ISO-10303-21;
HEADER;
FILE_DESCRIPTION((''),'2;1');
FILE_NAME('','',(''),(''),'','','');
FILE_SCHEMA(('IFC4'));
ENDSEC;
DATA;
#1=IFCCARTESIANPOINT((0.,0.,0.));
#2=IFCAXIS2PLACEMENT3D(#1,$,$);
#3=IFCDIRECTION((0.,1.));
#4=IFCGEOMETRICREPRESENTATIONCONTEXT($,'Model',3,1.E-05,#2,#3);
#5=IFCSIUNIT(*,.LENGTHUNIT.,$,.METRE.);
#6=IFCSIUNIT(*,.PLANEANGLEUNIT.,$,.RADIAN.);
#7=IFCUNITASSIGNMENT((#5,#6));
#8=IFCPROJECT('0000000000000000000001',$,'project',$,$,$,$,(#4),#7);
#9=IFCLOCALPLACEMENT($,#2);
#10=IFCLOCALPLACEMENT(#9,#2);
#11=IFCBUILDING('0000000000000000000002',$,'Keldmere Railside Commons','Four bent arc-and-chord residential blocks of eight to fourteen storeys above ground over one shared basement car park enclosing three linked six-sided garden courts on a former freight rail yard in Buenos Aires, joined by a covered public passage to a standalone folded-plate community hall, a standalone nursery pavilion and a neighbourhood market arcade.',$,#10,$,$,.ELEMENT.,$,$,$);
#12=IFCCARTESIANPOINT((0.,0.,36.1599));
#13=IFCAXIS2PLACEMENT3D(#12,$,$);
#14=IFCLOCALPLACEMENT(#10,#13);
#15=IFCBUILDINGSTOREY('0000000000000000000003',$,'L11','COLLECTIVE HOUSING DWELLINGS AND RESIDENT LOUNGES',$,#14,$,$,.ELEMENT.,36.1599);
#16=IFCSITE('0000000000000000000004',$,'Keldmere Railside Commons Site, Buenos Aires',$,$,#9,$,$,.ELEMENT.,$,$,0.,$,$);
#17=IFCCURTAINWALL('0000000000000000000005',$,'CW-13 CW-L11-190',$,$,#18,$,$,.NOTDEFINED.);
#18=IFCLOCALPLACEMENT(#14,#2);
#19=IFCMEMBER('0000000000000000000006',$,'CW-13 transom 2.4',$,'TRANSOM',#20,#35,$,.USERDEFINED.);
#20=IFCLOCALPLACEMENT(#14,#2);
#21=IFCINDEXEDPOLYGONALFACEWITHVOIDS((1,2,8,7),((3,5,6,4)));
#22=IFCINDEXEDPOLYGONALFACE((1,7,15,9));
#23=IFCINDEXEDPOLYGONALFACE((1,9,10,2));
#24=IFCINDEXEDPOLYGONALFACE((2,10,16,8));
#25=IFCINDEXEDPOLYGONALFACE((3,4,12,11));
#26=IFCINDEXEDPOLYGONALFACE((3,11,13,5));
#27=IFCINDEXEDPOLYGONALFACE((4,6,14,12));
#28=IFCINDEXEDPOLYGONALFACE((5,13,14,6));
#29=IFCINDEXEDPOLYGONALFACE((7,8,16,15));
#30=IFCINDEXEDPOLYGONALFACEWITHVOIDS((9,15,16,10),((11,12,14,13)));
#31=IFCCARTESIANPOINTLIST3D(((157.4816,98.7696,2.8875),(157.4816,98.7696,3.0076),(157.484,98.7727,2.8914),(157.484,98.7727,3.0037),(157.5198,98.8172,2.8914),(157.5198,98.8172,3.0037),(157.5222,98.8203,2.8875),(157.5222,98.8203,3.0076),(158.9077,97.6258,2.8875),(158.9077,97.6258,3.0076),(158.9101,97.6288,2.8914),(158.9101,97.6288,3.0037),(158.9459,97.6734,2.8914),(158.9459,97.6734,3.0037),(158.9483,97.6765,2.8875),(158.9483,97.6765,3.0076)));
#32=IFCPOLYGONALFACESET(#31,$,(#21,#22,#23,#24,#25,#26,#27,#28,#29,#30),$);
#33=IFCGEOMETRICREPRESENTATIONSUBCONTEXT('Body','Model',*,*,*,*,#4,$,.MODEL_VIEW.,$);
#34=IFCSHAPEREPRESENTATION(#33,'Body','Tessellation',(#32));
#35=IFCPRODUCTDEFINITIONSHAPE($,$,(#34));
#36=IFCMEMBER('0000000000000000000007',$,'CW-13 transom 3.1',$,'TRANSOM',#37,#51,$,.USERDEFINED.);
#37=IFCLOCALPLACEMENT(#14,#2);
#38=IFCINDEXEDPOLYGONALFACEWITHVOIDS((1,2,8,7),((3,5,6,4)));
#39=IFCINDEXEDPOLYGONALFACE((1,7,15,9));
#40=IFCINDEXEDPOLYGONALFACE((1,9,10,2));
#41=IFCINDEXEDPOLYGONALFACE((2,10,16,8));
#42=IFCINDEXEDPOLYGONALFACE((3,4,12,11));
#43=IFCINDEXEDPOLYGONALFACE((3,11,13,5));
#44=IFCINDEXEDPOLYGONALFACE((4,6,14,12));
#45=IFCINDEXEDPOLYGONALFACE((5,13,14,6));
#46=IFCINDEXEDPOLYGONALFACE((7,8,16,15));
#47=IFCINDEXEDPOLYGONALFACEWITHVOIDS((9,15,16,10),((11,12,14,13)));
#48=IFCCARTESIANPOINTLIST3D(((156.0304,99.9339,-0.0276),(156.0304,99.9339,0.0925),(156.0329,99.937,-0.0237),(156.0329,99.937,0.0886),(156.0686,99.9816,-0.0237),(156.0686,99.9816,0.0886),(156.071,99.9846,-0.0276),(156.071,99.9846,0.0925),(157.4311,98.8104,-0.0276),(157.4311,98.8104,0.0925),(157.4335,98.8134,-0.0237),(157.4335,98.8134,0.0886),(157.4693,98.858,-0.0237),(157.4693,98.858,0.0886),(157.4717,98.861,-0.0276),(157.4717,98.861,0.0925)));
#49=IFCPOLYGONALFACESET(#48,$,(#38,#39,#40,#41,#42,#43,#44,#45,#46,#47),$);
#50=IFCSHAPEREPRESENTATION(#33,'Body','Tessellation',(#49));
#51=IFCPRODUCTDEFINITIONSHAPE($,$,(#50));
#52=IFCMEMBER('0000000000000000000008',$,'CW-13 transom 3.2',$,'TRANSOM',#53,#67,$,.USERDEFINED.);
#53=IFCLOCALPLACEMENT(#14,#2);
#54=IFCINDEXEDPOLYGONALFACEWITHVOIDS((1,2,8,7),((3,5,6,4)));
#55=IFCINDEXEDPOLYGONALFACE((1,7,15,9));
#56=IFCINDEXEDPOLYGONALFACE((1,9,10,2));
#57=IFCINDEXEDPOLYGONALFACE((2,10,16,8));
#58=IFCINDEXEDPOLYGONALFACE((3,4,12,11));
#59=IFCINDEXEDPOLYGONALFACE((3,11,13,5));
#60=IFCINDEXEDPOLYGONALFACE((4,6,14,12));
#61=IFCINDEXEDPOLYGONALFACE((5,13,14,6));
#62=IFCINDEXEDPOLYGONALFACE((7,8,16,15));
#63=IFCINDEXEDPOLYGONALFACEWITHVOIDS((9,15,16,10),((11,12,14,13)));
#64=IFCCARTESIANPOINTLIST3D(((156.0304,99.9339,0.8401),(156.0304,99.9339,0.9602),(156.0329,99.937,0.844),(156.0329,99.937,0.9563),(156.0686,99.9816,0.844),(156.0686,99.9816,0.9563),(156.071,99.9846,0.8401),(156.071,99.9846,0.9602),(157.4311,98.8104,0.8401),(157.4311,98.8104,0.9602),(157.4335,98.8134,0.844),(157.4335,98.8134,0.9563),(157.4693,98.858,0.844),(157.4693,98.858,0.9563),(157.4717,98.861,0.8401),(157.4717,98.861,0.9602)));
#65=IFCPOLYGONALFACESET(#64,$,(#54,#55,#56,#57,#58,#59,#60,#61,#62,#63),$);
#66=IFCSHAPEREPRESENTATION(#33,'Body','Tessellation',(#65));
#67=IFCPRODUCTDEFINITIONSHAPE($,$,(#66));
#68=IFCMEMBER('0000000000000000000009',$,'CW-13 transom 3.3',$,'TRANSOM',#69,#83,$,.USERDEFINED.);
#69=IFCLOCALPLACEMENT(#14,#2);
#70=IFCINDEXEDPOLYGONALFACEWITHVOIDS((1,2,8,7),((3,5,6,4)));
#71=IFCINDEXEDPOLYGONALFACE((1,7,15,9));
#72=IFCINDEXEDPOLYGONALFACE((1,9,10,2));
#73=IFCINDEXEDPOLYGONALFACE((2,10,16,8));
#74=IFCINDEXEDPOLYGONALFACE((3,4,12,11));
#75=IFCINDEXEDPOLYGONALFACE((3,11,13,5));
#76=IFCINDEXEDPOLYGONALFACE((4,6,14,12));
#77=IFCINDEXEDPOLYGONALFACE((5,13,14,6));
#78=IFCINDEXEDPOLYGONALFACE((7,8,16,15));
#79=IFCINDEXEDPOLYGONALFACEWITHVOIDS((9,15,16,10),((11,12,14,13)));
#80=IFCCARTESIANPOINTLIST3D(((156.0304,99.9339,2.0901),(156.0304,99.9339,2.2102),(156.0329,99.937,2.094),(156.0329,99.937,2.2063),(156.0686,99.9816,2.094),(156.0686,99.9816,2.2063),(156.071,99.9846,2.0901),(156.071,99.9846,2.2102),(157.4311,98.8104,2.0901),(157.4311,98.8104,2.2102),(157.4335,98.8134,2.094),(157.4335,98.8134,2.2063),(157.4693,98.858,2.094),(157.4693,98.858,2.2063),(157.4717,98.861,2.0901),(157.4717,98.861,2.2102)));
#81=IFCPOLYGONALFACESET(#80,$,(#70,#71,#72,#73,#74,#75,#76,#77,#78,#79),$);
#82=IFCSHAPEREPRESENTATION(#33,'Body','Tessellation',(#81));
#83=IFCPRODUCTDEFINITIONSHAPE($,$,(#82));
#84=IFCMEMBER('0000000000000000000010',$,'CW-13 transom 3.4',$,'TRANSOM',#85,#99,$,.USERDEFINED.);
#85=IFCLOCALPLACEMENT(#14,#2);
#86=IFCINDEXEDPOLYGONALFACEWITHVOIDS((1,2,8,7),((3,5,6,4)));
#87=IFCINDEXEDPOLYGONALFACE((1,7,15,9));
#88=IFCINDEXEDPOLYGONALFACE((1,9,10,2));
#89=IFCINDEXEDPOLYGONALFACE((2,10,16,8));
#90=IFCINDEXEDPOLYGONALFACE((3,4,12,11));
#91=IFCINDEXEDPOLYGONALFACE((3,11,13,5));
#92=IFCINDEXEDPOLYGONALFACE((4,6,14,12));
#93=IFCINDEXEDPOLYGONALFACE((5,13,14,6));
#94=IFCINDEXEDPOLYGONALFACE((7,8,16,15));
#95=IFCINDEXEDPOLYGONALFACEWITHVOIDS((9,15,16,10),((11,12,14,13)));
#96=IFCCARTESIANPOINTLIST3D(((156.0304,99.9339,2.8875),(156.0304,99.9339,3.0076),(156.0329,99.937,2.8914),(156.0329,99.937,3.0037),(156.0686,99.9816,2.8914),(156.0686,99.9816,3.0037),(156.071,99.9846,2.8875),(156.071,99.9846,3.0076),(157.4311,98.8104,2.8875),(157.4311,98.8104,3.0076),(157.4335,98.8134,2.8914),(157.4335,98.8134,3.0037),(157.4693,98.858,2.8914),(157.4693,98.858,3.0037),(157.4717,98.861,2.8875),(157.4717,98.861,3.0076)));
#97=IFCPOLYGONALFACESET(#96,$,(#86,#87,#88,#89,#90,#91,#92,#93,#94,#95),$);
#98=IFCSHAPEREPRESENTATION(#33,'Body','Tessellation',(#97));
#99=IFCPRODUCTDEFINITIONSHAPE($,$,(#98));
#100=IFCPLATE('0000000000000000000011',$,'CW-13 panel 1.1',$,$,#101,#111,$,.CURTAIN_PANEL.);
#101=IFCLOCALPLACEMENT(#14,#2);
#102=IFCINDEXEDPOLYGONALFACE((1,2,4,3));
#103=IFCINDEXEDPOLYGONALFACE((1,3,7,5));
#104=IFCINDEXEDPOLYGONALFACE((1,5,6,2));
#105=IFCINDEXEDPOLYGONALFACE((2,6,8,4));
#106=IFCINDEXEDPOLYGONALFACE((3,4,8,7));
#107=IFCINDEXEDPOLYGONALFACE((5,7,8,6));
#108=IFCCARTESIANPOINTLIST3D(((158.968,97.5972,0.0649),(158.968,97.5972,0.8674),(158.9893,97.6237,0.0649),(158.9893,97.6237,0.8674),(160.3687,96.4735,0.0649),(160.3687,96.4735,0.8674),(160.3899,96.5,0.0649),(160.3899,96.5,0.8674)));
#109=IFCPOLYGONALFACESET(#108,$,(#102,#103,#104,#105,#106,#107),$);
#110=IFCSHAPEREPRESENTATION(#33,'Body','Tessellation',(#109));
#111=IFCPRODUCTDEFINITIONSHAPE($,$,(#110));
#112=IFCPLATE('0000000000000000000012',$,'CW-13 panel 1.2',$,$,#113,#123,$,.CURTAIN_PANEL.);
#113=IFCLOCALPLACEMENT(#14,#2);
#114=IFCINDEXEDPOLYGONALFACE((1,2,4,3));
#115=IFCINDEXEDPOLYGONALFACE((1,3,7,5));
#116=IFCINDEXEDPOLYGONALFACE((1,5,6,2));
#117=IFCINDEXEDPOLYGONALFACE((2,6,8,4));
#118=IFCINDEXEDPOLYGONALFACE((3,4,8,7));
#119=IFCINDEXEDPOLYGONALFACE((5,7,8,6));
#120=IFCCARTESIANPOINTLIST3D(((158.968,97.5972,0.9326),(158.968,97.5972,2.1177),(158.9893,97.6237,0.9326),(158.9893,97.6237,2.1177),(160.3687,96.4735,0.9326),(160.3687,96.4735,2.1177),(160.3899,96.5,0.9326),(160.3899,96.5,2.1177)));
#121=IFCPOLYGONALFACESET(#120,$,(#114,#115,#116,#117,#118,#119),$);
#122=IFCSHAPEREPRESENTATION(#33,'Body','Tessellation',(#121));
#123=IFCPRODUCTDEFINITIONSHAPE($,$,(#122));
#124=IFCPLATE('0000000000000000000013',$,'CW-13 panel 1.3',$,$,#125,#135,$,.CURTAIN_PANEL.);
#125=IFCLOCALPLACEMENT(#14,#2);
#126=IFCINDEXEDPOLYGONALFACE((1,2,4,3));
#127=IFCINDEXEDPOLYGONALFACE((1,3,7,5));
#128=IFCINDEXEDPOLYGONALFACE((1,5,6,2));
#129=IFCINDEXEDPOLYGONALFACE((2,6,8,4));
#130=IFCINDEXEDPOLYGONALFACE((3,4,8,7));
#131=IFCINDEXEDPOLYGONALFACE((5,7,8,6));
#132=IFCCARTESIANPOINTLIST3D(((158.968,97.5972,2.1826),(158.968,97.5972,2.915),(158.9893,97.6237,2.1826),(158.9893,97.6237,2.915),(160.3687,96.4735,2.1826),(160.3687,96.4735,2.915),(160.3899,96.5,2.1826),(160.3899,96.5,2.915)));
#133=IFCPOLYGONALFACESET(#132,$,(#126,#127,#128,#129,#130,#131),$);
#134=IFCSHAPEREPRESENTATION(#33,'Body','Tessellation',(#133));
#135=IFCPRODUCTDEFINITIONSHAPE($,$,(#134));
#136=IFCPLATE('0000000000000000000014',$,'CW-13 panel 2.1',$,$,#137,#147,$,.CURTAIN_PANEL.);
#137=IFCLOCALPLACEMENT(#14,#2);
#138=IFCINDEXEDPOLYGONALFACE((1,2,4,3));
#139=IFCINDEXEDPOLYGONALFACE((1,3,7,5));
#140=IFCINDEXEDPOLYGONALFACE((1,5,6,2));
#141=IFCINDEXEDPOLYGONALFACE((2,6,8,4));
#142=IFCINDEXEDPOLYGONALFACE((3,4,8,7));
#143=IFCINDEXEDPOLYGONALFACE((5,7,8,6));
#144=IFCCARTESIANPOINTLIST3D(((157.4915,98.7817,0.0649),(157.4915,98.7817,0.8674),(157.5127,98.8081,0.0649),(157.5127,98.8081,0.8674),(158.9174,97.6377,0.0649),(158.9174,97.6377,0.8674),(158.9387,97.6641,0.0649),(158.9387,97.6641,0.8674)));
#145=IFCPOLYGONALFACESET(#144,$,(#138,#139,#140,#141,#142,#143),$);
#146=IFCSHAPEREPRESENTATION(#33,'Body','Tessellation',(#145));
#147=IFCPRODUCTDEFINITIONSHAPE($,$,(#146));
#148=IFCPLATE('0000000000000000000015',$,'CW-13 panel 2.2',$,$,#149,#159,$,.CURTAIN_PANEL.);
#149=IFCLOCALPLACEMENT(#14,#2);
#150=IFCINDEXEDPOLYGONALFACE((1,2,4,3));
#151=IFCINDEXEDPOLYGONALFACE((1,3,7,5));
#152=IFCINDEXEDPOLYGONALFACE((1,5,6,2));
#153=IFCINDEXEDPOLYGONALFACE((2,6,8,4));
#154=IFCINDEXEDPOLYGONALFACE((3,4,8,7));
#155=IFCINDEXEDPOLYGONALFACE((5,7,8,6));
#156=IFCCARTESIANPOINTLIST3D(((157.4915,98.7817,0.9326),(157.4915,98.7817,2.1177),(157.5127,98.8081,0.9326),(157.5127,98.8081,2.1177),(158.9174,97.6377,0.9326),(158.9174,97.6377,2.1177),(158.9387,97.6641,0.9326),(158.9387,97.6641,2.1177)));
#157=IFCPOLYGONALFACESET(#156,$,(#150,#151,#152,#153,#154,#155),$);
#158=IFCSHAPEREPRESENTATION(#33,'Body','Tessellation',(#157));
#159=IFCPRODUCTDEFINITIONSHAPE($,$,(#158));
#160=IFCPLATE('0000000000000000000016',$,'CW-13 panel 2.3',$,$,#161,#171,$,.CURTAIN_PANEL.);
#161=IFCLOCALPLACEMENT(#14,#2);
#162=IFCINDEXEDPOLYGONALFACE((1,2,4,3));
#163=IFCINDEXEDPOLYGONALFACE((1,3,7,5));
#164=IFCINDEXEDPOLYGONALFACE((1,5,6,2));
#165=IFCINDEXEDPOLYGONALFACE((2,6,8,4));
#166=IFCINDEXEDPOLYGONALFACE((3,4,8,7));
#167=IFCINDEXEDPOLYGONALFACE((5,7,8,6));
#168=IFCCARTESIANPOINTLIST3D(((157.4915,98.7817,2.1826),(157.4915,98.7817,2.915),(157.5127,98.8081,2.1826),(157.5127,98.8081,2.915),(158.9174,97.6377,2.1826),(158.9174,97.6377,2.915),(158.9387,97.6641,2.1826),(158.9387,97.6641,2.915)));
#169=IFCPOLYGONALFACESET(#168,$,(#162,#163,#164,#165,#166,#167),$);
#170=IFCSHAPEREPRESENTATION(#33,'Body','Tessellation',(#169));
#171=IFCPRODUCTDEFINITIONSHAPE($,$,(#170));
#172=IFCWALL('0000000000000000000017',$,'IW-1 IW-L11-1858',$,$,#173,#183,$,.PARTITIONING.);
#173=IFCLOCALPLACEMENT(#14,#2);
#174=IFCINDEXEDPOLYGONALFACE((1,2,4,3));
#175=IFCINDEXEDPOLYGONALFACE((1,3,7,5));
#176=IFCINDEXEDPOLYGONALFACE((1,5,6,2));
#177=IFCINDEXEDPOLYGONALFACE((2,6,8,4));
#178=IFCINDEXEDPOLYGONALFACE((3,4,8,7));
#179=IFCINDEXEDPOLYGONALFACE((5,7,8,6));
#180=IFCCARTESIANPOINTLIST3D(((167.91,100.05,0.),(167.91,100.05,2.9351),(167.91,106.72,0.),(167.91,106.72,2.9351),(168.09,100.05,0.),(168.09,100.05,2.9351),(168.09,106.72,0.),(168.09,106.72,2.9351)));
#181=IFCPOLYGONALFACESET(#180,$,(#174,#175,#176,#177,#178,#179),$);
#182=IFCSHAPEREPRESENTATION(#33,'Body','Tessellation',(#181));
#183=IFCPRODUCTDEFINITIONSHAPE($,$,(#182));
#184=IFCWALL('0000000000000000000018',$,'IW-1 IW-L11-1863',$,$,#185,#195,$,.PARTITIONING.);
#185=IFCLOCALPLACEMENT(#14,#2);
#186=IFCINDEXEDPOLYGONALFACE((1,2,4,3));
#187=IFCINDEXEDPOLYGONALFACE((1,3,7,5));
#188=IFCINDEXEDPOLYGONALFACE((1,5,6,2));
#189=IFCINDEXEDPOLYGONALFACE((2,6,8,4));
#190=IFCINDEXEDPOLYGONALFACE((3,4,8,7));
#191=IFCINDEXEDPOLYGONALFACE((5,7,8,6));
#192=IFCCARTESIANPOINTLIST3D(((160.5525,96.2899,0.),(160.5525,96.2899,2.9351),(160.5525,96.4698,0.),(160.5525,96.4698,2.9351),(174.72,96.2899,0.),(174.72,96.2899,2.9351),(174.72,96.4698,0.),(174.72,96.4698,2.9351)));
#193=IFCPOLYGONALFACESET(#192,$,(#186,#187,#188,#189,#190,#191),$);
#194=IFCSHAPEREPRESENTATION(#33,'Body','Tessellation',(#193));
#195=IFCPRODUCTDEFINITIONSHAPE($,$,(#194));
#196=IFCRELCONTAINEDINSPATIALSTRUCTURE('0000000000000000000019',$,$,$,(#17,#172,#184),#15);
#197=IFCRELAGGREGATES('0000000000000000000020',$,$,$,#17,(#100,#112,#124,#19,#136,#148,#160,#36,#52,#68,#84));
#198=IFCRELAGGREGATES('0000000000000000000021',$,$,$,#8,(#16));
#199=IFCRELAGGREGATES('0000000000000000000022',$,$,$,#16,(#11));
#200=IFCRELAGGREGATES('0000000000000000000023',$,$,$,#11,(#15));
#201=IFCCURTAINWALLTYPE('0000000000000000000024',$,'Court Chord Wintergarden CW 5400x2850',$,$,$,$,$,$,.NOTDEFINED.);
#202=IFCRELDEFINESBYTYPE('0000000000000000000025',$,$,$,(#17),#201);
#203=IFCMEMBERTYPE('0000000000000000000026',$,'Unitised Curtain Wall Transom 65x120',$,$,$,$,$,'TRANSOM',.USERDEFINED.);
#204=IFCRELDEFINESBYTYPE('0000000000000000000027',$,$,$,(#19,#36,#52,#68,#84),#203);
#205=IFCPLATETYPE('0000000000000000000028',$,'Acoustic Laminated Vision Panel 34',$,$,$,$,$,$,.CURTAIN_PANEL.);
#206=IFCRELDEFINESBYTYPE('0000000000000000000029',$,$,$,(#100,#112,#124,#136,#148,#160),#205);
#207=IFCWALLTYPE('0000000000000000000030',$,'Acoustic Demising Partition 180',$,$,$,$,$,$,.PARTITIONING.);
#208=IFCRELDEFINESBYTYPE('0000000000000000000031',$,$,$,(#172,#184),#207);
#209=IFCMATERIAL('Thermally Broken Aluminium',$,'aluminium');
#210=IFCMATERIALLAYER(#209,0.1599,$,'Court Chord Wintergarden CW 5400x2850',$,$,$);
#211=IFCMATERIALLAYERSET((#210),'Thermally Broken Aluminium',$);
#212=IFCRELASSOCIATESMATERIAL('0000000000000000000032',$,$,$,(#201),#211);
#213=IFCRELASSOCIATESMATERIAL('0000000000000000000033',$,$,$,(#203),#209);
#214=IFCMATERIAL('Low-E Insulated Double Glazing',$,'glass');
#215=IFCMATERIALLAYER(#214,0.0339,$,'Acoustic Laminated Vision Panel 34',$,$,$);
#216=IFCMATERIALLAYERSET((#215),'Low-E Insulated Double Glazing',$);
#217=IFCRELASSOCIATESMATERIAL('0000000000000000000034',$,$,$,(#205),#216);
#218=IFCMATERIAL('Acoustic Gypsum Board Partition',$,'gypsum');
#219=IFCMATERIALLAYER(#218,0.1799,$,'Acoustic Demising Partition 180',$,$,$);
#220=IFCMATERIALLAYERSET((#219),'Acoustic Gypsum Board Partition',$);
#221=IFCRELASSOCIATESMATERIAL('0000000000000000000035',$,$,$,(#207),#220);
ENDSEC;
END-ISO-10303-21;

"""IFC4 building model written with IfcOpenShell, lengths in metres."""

from ifc_helpers import new_model, si_unit, direction, frame, frame_2d, origin, origin_2d, place, context, subcontext, project, spatial, rectangle, hollow_rectangle, extrude, material, layer, layer_set, material_profile, profile_set, type_object, element, aggregate, save


model = new_model("IFC4")

# Units and contexts
model_context = context("Model", 3, precision=1e-05, world=origin(), true_north=direction((0.0, 1.0)))
body_context = subcontext(model_context, "Body", "Model", "MODEL_VIEW")
ifc_project = project(units=[si_unit("LENGTHUNIT", "METRE"), si_unit("PLANEANGLEUNIT", "RADIAN")], contexts=[model_context])

# Site, building, storey
site_placement = place(None, origin())
site = spatial("IfcSite", under=ifc_project, at=site_placement, Name="Keldmere Railside Commons Site, Buenos Aires", CompositionType="ELEMENT", RefElevation=0.0)
building_placement = place(site_placement, origin())
building = spatial("IfcBuilding", under=site, at=building_placement, Name="Keldmere Railside Commons", Description="Four bent arc-and-chord residential blocks of eight to fourteen storeys above ground over one shared basement car park enclosing three linked six-sided garden courts on a former freight rail yard in Buenos Aires, joined by a covered public passage to a standalone folded-plate community hall, a standalone nursery pavilion and a neighbourhood market arcade.", CompositionType="ELEMENT")
storey_placement = place(building_placement, frame((0.0, 0.0, 36.1599)))
storey = spatial("IfcBuildingStorey", under=building, at=storey_placement, Name="L11", Description="COLLECTIVE HOUSING DWELLINGS AND RESIDENT LOUNGES", CompositionType="ELEMENT", Elevation=36.1599)

# Curtain wall
ifc_material_1 = material(Name="Thermally Broken Aluminium", Category="aluminium")
ifc_layer_1 = layer(ifc_material_1, 0.1599, Name="Court Chord Wintergarden CW 5400x2850")
ifc_layer_set_1 = layer_set([ifc_layer_1], Name="Thermally Broken Aluminium")
curtain_wall_type_1 = type_object("IfcCurtainWallType", Name="Court Chord Wintergarden CW 5400x2850", PredefinedType="NOTDEFINED", material=ifc_layer_set_1)
curtain_wall_1_placement = place(storey_placement, origin())
curtain_wall_1 = element("IfcCurtainWall", 1, at=curtain_wall_1_placement, inside=storey, type_object=curtain_wall_type_1, Name="CW-13 CW-L11-190", PredefinedType="NOTDEFINED")

# Members
ifc_material_profile_1 = material_profile(ifc_material_1, hollow_rectangle(XDim=0.0649, YDim=0.1201, WallThickness=0.0039, at=origin_2d()), Name="ALU-TRAN-65x120")
ifc_profile_set_1 = profile_set([ifc_material_profile_1], Name="Thermally Broken Aluminium")
member_type_1 = type_object("IfcMemberType", Name="Unitised Curtain Wall Transom 65x120", ElementType="TRANSOM", PredefinedType="USERDEFINED", material=ifc_profile_set_1)
member_1_placement = place(storey_placement, frame((158.928, 97.6511, 2.9475), z_axis=(-0.780073, 0.625688, 0.0), x_axis=(-0.625688, -0.780073, 0.0)))
member_1 = element("IfcMember", 2, at=member_1_placement, type_object=member_type_1, Name="CW-13 transom 2.4", ObjectType="TRANSOM", PredefinedType="USERDEFINED", context=body_context, shape_type="SweptSolid", body=[
    extrude(hollow_rectangle(XDim=0.0649, YDim=0.1201, WallThickness=0.0039, at=origin_2d()), origin(), (0.0, 0.0, 1.0), 1.8281),
])
member_2_placement = place(storey_placement, frame((157.4514, 98.8357, 0.0325), z_axis=(-0.780046, 0.625723, 0.0), x_axis=(-0.625723, -0.780046, 0.0)))
member_2 = element("IfcMember", 3, at=member_2_placement, type_object=member_type_1, Name="CW-13 transom 3.1", ObjectType="TRANSOM", PredefinedType="USERDEFINED", context=body_context, shape_type="SweptSolid", body=[
    extrude(hollow_rectangle(XDim=0.0649, YDim=0.1201, WallThickness=0.0039, at=origin_2d()), origin(), (0.0, 0.0, 1.0), 1.7957),
])
member_3_placement = place(storey_placement, frame((157.4514, 98.8357, 0.9001), z_axis=(-0.780046, 0.625723, 0.0), x_axis=(-0.625723, -0.780046, 0.0)))
member_3 = element("IfcMember", 4, at=member_3_placement, type_object=member_type_1, Name="CW-13 transom 3.2", ObjectType="TRANSOM", PredefinedType="USERDEFINED", context=body_context, shape_type="SweptSolid", body=[
    extrude(hollow_rectangle(XDim=0.0649, YDim=0.1201, WallThickness=0.0039, at=origin_2d()), origin(), (0.0, 0.0, 1.0), 1.7957),
])
member_4_placement = place(storey_placement, frame((157.4514, 98.8357, 2.1501), z_axis=(-0.780046, 0.625723, 0.0), x_axis=(-0.625723, -0.780046, 0.0)))
member_4 = element("IfcMember", 5, at=member_4_placement, type_object=member_type_1, Name="CW-13 transom 3.3", ObjectType="TRANSOM", PredefinedType="USERDEFINED", context=body_context, shape_type="SweptSolid", body=[
    extrude(hollow_rectangle(XDim=0.0649, YDim=0.1201, WallThickness=0.0039, at=origin_2d()), origin(), (0.0, 0.0, 1.0), 1.7957),
])
member_5_placement = place(storey_placement, frame((157.4514, 98.8357, 2.9475), z_axis=(-0.780046, 0.625723, 0.0), x_axis=(-0.625723, -0.780046, 0.0)))
member_5 = element("IfcMember", 6, at=member_5_placement, type_object=member_type_1, Name="CW-13 transom 3.4", ObjectType="TRANSOM", PredefinedType="USERDEFINED", context=body_context, shape_type="SweptSolid", body=[
    extrude(hollow_rectangle(XDim=0.0649, YDim=0.1201, WallThickness=0.0039, at=origin_2d()), origin(), (0.0, 0.0, 1.0), 1.7957),
])

# Plates
ifc_material_2 = material(Name="Low-E Insulated Double Glazing", Category="glass")
ifc_layer_2 = layer(ifc_material_2, 0.0339, Name="Acoustic Laminated Vision Panel 34")
ifc_layer_set_2 = layer_set([ifc_layer_2], Name="Low-E Insulated Double Glazing")
plate_type = type_object("IfcPlateType", Name="Acoustic Laminated Vision Panel 34", PredefinedType="CURTAIN_PANEL", material=ifc_layer_set_2)
plate_1_placement = place(storey_placement, frame((159.679, 97.0486, 0.0649), z_axis=(0.0, 0.0, 1.0), x_axis=(-0.780009, 0.625768, 0.0)))
plate_1 = element("IfcPlate", 7, at=plate_1_placement, type_object=plate_type, Name="CW-13 panel 1.1", PredefinedType="CURTAIN_PANEL", context=body_context, shape_type="SweptSolid", body=[
    extrude(rectangle(XDim=1.7957, YDim=0.0339, at=origin_2d()), origin(), (0.0, 0.0, 1.0), 0.8025),
])
plate_2_placement = place(storey_placement, frame((159.679, 97.0486, 0.9326), z_axis=(0.0, 0.0, 1.0), x_axis=(-0.780009, 0.625768, 0.0)))
plate_2 = element("IfcPlate", 8, at=plate_2_placement, type_object=plate_type, Name="CW-13 panel 1.2", PredefinedType="CURTAIN_PANEL", context=body_context, shape_type="SweptSolid", body=[
    extrude(rectangle(XDim=1.7957, YDim=0.0339, at=origin_2d()), origin(), (0.0, 0.0, 1.0), 1.1851),
])
plate_3_placement = place(storey_placement, frame((159.679, 97.0486, 2.1826), z_axis=(0.0, 0.0, 1.0), x_axis=(-0.780009, 0.625768, 0.0)))
plate_3 = element("IfcPlate", 9, at=plate_3_placement, type_object=plate_type, Name="CW-13 panel 1.3", PredefinedType="CURTAIN_PANEL", context=body_context, shape_type="SweptSolid", body=[
    extrude(rectangle(XDim=1.7957, YDim=0.0339, at=origin_2d()), origin(), (0.0, 0.0, 1.0), 0.7324),
])
plate_4_placement = place(storey_placement, frame((158.2151, 98.2229, 0.0649), z_axis=(0.0, 0.0, 1.0), x_axis=(-0.780009, 0.625768, 0.0)))
plate_4 = element("IfcPlate", 10, at=plate_4_placement, type_object=plate_type, Name="CW-13 panel 2.1", PredefinedType="CURTAIN_PANEL", context=body_context, shape_type="SweptSolid", body=[
    extrude(rectangle(XDim=1.8281, YDim=0.0339, at=origin_2d()), origin(), (0.0, 0.0, 1.0), 0.8025),
])
plate_5_placement = place(storey_placement, frame((158.2151, 98.2229, 0.9326), z_axis=(0.0, 0.0, 1.0), x_axis=(-0.780009, 0.625768, 0.0)))
plate_5 = element("IfcPlate", 11, at=plate_5_placement, type_object=plate_type, Name="CW-13 panel 2.2", PredefinedType="CURTAIN_PANEL", context=body_context, shape_type="SweptSolid", body=[
    extrude(rectangle(XDim=1.8281, YDim=0.0339, at=origin_2d()), origin(), (0.0, 0.0, 1.0), 1.1851),
])
plate_6_placement = place(storey_placement, frame((158.2151, 98.2229, 2.1826), z_axis=(0.0, 0.0, 1.0), x_axis=(-0.780009, 0.625768, 0.0)))
plate_6 = element("IfcPlate", 12, at=plate_6_placement, type_object=plate_type, Name="CW-13 panel 2.3", PredefinedType="CURTAIN_PANEL", context=body_context, shape_type="SweptSolid", body=[
    extrude(rectangle(XDim=1.8281, YDim=0.0339, at=origin_2d()), origin(), (0.0, 0.0, 1.0), 0.7324),
])
aggregate(curtain_wall_1, [plate_1, plate_2, plate_3, member_1, plate_4, plate_5, plate_6, member_2, member_3, member_4, member_5])

# Walls
ifc_material_3 = material(Name="Acoustic Gypsum Board Partition", Category="gypsum")
ifc_layer_3 = layer(ifc_material_3, 0.1799, Name="Acoustic Demising Partition 180")
ifc_layer_set_3 = layer_set([ifc_layer_3], Name="Acoustic Gypsum Board Partition")
wall_type = type_object("IfcWallType", Name="Acoustic Demising Partition 180", PredefinedType="PARTITIONING", material=ifc_layer_set_3)
wall_1_placement = place(storey_placement, frame((168.0, 100.05, 0.0), z_axis=(0.0, 0.0, 1.0), x_axis=(0.0, 1.0, 0.0)))
element("IfcWall", 13, at=wall_1_placement, inside=storey, type_object=wall_type, Name="IW-1 IW-L11-1858", PredefinedType="PARTITIONING", context=body_context, shape_type="SweptSolid", body=[
    extrude(rectangle(XDim=6.6699, YDim=0.1799, at=frame_2d((3.335, 0.0))), origin(), (0.0, 0.0, 1.0), 2.9351),
])
wall_2_placement = place(storey_placement, frame((160.5525, 96.3799, 0.0), z_axis=(0.0, 0.0, 1.0), x_axis=(1.0, 0.0, 0.0)))
element("IfcWall", 14, at=wall_2_placement, inside=storey, type_object=wall_type, Name="IW-1 IW-L11-1863", PredefinedType="PARTITIONING", context=body_context, shape_type="SweptSolid", body=[
    extrude(rectangle(XDim=14.1675, YDim=0.1799, at=frame_2d((7.0837, 0.0))), origin(), (0.0, 0.0, 1.0), 2.9351),
])

save(model, "model.ifc")
